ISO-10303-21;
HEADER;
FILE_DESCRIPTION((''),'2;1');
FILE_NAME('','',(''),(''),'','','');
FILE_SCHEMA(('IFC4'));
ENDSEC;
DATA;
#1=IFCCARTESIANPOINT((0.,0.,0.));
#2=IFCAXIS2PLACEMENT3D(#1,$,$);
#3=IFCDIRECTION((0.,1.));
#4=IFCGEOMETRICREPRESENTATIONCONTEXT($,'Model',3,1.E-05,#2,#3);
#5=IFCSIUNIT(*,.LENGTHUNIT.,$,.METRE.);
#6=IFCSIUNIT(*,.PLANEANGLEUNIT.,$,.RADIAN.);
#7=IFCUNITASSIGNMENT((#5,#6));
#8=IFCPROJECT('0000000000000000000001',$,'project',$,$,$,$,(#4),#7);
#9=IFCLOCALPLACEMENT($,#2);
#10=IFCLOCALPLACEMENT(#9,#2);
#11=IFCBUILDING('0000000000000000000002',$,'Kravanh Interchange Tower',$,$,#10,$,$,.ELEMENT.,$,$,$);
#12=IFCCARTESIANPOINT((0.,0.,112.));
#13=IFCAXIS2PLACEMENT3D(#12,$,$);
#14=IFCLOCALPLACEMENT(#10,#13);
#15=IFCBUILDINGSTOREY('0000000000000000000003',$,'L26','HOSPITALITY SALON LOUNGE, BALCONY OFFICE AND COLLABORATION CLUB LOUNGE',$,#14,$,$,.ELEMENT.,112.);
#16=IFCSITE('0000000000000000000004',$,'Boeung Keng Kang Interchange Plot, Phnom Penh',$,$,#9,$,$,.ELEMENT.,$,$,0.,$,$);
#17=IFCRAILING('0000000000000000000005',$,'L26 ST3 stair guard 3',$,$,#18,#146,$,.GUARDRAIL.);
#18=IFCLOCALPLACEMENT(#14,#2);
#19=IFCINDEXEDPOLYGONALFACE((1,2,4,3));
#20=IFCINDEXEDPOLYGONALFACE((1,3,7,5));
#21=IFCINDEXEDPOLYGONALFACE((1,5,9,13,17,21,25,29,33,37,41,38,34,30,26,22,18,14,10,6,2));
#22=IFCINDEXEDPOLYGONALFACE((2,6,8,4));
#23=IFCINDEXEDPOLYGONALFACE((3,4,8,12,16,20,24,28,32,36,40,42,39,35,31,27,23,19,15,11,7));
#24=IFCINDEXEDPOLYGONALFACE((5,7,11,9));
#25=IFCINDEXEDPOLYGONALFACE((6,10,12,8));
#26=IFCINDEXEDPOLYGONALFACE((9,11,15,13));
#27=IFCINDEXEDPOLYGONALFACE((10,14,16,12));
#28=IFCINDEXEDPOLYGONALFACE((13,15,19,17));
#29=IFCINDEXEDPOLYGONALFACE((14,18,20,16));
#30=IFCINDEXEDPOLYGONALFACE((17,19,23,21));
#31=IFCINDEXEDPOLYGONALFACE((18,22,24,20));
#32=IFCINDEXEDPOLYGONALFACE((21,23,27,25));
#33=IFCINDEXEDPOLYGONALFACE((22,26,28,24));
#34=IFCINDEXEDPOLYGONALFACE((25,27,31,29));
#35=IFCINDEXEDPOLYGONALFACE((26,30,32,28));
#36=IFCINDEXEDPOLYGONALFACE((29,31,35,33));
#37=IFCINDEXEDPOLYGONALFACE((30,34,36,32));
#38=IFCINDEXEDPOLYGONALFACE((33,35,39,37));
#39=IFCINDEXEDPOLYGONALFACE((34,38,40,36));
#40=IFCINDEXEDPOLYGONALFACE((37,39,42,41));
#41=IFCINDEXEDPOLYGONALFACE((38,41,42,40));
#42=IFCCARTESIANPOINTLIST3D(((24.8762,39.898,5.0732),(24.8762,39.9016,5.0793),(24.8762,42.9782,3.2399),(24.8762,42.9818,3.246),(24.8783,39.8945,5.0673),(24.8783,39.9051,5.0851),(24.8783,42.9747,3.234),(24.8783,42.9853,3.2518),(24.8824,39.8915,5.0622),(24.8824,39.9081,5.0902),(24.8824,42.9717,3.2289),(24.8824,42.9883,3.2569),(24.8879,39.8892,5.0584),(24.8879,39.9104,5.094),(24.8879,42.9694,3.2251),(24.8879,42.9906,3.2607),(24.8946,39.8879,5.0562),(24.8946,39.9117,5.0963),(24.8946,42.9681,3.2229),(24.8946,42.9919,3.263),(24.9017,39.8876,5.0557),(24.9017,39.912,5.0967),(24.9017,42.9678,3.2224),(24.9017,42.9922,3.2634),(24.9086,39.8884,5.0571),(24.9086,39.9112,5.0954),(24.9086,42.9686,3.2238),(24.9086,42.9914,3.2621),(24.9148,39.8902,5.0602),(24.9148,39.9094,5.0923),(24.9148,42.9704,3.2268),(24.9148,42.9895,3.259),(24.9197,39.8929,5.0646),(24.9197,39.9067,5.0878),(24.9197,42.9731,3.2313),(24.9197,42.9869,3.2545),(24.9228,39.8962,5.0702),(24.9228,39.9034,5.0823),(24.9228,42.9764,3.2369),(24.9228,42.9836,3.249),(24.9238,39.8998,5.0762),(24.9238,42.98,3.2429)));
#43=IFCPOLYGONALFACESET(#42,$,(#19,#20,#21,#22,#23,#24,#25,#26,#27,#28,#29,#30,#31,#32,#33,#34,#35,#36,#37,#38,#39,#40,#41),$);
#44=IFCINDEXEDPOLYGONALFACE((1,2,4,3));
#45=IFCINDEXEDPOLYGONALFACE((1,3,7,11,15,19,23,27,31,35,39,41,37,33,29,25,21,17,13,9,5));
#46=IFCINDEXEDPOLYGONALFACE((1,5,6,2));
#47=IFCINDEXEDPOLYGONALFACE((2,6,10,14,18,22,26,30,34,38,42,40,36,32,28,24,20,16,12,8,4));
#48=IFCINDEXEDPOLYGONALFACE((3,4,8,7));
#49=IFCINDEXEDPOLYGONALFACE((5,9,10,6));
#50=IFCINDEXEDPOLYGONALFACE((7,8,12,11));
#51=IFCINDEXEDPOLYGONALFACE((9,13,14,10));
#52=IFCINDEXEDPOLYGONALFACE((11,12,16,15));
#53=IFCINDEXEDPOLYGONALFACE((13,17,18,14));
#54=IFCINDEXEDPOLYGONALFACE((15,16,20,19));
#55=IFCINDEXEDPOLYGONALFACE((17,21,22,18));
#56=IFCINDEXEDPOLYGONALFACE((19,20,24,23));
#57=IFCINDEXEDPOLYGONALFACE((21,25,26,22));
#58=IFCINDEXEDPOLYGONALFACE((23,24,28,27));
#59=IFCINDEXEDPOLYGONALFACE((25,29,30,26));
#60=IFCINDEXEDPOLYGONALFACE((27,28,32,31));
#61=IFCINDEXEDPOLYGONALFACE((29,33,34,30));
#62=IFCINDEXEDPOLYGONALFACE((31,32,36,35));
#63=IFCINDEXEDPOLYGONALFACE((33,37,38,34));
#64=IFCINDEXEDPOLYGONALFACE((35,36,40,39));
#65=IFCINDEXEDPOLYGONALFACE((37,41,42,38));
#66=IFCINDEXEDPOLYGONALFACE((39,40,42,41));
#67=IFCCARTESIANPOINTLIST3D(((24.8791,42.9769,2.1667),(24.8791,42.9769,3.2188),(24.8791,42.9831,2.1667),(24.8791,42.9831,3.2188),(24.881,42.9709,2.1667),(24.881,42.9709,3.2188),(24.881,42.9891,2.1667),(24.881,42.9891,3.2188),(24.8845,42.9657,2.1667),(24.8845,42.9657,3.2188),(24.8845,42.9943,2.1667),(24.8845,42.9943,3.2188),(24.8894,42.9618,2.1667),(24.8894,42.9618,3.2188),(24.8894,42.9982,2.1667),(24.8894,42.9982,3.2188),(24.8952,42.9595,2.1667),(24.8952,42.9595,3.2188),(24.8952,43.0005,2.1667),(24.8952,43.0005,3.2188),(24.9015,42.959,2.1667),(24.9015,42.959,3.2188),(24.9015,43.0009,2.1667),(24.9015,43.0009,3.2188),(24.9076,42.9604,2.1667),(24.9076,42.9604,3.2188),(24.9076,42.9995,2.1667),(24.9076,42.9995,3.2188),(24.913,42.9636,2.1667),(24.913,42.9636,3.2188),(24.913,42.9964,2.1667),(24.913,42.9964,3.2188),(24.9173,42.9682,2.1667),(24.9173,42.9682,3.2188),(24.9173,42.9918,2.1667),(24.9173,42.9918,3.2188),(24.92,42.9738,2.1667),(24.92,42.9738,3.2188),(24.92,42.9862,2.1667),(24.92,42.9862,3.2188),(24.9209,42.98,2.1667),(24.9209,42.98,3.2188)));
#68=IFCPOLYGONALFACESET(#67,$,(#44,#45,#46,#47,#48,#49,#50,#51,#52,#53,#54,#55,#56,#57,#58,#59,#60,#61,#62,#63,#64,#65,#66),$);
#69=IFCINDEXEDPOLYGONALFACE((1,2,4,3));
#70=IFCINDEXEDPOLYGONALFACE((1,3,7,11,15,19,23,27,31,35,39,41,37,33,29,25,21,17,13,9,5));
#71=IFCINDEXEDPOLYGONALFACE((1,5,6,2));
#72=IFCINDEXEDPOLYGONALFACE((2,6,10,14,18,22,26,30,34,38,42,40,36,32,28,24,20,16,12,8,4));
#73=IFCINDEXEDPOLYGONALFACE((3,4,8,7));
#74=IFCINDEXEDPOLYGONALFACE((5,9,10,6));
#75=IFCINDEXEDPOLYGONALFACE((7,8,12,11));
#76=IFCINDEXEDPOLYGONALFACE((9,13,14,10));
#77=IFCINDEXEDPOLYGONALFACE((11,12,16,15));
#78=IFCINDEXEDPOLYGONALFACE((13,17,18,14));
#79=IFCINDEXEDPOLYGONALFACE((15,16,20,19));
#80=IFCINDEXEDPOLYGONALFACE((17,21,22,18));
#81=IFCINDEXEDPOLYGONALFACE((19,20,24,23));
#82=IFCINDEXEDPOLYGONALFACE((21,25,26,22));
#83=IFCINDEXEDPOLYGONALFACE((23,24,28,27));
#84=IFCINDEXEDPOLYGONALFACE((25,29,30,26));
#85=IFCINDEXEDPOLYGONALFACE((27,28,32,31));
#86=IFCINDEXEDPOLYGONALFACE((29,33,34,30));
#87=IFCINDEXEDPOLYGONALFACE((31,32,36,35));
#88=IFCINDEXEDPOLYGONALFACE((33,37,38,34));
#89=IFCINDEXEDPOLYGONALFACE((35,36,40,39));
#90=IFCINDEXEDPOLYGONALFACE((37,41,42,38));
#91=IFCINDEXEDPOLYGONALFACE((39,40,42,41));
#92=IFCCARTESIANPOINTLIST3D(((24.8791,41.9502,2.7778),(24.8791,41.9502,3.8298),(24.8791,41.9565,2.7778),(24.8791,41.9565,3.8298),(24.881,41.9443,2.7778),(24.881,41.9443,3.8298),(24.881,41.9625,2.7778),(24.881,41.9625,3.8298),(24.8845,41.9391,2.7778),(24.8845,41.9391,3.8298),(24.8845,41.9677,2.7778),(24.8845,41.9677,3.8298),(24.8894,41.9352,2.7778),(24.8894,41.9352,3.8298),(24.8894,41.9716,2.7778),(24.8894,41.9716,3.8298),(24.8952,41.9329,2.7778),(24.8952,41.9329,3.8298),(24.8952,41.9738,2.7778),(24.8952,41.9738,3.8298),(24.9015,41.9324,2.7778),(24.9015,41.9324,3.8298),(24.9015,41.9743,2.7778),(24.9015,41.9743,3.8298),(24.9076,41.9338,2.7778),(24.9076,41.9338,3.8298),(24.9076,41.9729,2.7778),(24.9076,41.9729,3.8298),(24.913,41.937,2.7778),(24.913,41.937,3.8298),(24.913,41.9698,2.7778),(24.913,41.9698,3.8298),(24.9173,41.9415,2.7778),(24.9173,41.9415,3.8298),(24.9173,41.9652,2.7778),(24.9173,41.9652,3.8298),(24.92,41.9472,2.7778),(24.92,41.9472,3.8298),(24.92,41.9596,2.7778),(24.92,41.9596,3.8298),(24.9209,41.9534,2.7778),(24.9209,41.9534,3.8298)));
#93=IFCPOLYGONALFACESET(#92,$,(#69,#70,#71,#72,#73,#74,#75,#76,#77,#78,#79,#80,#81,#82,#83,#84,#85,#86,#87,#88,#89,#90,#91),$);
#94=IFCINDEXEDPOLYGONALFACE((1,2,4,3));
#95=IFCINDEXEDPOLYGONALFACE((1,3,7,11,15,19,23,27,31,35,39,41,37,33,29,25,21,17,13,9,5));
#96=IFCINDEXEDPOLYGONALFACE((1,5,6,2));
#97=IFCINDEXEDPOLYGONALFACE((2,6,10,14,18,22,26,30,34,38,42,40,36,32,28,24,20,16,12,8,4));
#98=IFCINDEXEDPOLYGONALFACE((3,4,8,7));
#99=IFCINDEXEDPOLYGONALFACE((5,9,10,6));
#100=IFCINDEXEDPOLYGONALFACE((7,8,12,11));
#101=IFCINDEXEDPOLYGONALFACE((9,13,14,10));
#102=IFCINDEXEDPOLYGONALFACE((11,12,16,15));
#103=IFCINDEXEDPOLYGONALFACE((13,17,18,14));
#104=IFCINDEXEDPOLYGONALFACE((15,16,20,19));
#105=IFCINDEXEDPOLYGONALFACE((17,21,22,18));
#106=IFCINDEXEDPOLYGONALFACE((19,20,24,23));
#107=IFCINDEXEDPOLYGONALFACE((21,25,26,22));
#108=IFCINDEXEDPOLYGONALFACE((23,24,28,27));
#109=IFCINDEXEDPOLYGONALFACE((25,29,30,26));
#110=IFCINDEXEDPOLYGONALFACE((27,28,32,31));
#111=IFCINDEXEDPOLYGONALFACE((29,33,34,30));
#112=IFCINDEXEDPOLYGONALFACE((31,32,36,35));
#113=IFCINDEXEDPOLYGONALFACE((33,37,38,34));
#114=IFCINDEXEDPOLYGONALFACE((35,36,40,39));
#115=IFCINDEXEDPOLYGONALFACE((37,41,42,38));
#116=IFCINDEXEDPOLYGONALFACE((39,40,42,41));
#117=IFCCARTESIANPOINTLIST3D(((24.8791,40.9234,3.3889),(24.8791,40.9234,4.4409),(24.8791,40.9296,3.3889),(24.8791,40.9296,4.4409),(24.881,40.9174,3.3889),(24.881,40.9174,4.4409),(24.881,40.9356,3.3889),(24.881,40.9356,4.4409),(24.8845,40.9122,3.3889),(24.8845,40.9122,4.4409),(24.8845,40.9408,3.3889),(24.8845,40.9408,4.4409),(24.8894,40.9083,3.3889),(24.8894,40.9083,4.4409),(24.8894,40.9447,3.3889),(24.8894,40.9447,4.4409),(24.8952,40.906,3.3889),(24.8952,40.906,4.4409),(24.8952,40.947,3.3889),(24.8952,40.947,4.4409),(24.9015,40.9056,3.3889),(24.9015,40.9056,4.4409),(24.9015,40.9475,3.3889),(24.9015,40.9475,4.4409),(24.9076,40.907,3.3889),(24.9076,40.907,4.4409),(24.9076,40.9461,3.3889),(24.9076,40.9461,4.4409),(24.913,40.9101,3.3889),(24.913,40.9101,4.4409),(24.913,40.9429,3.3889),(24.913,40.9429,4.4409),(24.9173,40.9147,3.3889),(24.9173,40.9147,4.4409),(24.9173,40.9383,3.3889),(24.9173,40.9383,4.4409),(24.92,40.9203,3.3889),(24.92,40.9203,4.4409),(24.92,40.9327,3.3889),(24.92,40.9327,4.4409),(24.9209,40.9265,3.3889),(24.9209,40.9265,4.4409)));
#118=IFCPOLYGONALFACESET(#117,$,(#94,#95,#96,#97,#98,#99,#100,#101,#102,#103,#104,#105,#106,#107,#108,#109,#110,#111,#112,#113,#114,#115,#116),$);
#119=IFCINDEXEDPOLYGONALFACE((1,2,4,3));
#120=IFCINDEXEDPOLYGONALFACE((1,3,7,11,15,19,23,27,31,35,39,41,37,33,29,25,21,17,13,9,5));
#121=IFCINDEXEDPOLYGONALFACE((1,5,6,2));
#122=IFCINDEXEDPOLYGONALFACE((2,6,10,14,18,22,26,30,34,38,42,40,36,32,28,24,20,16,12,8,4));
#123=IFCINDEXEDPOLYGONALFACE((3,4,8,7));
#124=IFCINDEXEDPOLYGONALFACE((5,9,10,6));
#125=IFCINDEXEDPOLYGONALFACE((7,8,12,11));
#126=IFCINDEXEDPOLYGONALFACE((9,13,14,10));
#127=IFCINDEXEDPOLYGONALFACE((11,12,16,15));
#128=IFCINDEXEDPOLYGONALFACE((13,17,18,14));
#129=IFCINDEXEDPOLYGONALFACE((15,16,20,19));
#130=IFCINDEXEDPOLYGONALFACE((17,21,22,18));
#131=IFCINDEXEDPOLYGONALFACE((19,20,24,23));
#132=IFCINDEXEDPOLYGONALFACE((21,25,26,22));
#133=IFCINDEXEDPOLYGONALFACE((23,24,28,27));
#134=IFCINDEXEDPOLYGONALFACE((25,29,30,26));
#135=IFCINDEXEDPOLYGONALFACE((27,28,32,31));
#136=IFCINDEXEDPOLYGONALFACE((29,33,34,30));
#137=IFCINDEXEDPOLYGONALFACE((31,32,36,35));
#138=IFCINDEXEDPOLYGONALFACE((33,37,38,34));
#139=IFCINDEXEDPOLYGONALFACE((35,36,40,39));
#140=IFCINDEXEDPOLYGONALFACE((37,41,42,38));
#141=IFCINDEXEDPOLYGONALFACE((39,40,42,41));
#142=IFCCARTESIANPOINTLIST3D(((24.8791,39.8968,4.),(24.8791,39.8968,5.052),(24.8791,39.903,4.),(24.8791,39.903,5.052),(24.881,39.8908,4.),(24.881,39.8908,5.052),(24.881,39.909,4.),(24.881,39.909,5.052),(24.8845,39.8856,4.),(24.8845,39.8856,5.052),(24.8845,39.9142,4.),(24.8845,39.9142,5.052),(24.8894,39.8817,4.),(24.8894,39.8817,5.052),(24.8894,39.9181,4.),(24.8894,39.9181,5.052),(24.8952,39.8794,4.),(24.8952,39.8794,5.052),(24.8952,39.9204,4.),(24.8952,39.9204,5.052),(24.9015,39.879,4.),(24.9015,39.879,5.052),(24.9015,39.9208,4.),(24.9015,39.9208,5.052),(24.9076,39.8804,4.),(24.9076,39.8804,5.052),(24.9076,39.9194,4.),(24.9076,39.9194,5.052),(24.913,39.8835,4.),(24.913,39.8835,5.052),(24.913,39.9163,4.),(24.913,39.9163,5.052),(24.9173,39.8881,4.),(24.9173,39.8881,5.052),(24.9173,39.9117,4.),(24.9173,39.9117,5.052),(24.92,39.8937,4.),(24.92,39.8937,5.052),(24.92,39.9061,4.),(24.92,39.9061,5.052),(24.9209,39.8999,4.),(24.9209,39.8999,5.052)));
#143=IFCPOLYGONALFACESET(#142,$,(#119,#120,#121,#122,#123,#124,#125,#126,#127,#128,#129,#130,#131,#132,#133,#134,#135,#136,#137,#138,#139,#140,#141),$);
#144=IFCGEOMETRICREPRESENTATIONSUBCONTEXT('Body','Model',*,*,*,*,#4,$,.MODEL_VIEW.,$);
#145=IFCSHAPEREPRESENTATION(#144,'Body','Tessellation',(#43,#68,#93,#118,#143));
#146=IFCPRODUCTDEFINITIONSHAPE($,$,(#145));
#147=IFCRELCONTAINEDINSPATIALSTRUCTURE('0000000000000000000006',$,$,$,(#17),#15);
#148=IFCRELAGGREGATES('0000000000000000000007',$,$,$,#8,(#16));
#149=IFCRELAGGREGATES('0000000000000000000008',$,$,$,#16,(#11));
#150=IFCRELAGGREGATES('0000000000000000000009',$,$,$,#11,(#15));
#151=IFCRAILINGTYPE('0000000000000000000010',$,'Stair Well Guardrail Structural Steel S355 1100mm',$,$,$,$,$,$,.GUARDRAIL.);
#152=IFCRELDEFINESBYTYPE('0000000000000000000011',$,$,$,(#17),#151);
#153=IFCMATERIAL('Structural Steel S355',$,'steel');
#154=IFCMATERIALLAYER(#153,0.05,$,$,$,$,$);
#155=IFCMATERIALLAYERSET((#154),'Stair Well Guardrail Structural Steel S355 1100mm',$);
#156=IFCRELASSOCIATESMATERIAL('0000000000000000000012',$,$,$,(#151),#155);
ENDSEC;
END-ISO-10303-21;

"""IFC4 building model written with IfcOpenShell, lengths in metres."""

from ifc_helpers import new_model, si_unit, direction, frame, origin, origin_2d, place, context, subcontext, project, spatial, circle, extrude, material, layer, layer_set, type_object, element, save


model = new_model("IFC4")

# Units and contexts
model_context = context("Model", 3, precision=1e-05, world=origin(), true_north=direction((0.0, 1.0)))
body_context = subcontext(model_context, "Body", "Model", "MODEL_VIEW")
ifc_project = project(units=[si_unit("LENGTHUNIT", "METRE"), si_unit("PLANEANGLEUNIT", "RADIAN")], contexts=[model_context])

# Site, building, storey
site_placement = place(None, origin())
site = spatial("IfcSite", under=ifc_project, at=site_placement, Name="Boeung Keng Kang Interchange Plot, Phnom Penh", CompositionType="ELEMENT", RefElevation=0.0)
building_placement = place(site_placement, origin())
building = spatial("IfcBuilding", under=site, at=building_placement, Name="Kravanh Interchange Tower", CompositionType="ELEMENT")
storey_placement = place(building_placement, frame((0.0, 0.0, 112.0)))
storey = spatial("IfcBuildingStorey", under=building, at=storey_placement, Name="L26", Description="HOSPITALITY SALON LOUNGE, BALCONY OFFICE AND COLLABORATION CLUB LOUNGE", CompositionType="ELEMENT", Elevation=112.0)

# Railing
ifc_material_1 = material(Name="Structural Steel S355", Category="steel")
ifc_layer_1 = layer(ifc_material_1, 0.05)
ifc_layer_set_1 = layer_set([ifc_layer_1], Name="Stair Well Guardrail Structural Steel S355 1100mm")
railing_type_1 = type_object("IfcRailingType", Name="Stair Well Guardrail Structural Steel S355 1100mm", PredefinedType="GUARDRAIL", material=ifc_layer_set_1)
railing_1_placement = place(storey_placement, frame((24.8999, 42.98, 2.1667)))
element("IfcRailing", 1, at=railing_1_placement, inside=storey, type_object=railing_type_1, Name="L26 ST3 stair guard 3", PredefinedType="GUARDRAIL", context=body_context, shape_type="SweptSolid", body=[
    extrude(circle(Radius=0.0239, at=origin_2d()), frame((0.0, 0.0, 1.0762), z_axis=(0.0, -0.859309, 0.511458), x_axis=(1.0, 0.0, 0.0)), (0.0, 0.0, 1.0), 3.5845),
    extrude(circle(Radius=0.021, at=origin_2d()), origin(), (0.0, 0.0, 1.0), 1.052),
    extrude(circle(Radius=0.021, at=origin_2d()), frame((0.0, -1.0266, 0.6111)), (0.0, 0.0, 1.0), 1.052),
    extrude(circle(Radius=0.021, at=origin_2d()), frame((0.0, -2.0535, 1.2222)), (0.0, 0.0, 1.0), 1.052),
    extrude(circle(Radius=0.021, at=origin_2d()), frame((0.0, -3.0801, 1.8333)), (0.0, 0.0, 1.0), 1.052),
])

save(model, "model.ifc")
